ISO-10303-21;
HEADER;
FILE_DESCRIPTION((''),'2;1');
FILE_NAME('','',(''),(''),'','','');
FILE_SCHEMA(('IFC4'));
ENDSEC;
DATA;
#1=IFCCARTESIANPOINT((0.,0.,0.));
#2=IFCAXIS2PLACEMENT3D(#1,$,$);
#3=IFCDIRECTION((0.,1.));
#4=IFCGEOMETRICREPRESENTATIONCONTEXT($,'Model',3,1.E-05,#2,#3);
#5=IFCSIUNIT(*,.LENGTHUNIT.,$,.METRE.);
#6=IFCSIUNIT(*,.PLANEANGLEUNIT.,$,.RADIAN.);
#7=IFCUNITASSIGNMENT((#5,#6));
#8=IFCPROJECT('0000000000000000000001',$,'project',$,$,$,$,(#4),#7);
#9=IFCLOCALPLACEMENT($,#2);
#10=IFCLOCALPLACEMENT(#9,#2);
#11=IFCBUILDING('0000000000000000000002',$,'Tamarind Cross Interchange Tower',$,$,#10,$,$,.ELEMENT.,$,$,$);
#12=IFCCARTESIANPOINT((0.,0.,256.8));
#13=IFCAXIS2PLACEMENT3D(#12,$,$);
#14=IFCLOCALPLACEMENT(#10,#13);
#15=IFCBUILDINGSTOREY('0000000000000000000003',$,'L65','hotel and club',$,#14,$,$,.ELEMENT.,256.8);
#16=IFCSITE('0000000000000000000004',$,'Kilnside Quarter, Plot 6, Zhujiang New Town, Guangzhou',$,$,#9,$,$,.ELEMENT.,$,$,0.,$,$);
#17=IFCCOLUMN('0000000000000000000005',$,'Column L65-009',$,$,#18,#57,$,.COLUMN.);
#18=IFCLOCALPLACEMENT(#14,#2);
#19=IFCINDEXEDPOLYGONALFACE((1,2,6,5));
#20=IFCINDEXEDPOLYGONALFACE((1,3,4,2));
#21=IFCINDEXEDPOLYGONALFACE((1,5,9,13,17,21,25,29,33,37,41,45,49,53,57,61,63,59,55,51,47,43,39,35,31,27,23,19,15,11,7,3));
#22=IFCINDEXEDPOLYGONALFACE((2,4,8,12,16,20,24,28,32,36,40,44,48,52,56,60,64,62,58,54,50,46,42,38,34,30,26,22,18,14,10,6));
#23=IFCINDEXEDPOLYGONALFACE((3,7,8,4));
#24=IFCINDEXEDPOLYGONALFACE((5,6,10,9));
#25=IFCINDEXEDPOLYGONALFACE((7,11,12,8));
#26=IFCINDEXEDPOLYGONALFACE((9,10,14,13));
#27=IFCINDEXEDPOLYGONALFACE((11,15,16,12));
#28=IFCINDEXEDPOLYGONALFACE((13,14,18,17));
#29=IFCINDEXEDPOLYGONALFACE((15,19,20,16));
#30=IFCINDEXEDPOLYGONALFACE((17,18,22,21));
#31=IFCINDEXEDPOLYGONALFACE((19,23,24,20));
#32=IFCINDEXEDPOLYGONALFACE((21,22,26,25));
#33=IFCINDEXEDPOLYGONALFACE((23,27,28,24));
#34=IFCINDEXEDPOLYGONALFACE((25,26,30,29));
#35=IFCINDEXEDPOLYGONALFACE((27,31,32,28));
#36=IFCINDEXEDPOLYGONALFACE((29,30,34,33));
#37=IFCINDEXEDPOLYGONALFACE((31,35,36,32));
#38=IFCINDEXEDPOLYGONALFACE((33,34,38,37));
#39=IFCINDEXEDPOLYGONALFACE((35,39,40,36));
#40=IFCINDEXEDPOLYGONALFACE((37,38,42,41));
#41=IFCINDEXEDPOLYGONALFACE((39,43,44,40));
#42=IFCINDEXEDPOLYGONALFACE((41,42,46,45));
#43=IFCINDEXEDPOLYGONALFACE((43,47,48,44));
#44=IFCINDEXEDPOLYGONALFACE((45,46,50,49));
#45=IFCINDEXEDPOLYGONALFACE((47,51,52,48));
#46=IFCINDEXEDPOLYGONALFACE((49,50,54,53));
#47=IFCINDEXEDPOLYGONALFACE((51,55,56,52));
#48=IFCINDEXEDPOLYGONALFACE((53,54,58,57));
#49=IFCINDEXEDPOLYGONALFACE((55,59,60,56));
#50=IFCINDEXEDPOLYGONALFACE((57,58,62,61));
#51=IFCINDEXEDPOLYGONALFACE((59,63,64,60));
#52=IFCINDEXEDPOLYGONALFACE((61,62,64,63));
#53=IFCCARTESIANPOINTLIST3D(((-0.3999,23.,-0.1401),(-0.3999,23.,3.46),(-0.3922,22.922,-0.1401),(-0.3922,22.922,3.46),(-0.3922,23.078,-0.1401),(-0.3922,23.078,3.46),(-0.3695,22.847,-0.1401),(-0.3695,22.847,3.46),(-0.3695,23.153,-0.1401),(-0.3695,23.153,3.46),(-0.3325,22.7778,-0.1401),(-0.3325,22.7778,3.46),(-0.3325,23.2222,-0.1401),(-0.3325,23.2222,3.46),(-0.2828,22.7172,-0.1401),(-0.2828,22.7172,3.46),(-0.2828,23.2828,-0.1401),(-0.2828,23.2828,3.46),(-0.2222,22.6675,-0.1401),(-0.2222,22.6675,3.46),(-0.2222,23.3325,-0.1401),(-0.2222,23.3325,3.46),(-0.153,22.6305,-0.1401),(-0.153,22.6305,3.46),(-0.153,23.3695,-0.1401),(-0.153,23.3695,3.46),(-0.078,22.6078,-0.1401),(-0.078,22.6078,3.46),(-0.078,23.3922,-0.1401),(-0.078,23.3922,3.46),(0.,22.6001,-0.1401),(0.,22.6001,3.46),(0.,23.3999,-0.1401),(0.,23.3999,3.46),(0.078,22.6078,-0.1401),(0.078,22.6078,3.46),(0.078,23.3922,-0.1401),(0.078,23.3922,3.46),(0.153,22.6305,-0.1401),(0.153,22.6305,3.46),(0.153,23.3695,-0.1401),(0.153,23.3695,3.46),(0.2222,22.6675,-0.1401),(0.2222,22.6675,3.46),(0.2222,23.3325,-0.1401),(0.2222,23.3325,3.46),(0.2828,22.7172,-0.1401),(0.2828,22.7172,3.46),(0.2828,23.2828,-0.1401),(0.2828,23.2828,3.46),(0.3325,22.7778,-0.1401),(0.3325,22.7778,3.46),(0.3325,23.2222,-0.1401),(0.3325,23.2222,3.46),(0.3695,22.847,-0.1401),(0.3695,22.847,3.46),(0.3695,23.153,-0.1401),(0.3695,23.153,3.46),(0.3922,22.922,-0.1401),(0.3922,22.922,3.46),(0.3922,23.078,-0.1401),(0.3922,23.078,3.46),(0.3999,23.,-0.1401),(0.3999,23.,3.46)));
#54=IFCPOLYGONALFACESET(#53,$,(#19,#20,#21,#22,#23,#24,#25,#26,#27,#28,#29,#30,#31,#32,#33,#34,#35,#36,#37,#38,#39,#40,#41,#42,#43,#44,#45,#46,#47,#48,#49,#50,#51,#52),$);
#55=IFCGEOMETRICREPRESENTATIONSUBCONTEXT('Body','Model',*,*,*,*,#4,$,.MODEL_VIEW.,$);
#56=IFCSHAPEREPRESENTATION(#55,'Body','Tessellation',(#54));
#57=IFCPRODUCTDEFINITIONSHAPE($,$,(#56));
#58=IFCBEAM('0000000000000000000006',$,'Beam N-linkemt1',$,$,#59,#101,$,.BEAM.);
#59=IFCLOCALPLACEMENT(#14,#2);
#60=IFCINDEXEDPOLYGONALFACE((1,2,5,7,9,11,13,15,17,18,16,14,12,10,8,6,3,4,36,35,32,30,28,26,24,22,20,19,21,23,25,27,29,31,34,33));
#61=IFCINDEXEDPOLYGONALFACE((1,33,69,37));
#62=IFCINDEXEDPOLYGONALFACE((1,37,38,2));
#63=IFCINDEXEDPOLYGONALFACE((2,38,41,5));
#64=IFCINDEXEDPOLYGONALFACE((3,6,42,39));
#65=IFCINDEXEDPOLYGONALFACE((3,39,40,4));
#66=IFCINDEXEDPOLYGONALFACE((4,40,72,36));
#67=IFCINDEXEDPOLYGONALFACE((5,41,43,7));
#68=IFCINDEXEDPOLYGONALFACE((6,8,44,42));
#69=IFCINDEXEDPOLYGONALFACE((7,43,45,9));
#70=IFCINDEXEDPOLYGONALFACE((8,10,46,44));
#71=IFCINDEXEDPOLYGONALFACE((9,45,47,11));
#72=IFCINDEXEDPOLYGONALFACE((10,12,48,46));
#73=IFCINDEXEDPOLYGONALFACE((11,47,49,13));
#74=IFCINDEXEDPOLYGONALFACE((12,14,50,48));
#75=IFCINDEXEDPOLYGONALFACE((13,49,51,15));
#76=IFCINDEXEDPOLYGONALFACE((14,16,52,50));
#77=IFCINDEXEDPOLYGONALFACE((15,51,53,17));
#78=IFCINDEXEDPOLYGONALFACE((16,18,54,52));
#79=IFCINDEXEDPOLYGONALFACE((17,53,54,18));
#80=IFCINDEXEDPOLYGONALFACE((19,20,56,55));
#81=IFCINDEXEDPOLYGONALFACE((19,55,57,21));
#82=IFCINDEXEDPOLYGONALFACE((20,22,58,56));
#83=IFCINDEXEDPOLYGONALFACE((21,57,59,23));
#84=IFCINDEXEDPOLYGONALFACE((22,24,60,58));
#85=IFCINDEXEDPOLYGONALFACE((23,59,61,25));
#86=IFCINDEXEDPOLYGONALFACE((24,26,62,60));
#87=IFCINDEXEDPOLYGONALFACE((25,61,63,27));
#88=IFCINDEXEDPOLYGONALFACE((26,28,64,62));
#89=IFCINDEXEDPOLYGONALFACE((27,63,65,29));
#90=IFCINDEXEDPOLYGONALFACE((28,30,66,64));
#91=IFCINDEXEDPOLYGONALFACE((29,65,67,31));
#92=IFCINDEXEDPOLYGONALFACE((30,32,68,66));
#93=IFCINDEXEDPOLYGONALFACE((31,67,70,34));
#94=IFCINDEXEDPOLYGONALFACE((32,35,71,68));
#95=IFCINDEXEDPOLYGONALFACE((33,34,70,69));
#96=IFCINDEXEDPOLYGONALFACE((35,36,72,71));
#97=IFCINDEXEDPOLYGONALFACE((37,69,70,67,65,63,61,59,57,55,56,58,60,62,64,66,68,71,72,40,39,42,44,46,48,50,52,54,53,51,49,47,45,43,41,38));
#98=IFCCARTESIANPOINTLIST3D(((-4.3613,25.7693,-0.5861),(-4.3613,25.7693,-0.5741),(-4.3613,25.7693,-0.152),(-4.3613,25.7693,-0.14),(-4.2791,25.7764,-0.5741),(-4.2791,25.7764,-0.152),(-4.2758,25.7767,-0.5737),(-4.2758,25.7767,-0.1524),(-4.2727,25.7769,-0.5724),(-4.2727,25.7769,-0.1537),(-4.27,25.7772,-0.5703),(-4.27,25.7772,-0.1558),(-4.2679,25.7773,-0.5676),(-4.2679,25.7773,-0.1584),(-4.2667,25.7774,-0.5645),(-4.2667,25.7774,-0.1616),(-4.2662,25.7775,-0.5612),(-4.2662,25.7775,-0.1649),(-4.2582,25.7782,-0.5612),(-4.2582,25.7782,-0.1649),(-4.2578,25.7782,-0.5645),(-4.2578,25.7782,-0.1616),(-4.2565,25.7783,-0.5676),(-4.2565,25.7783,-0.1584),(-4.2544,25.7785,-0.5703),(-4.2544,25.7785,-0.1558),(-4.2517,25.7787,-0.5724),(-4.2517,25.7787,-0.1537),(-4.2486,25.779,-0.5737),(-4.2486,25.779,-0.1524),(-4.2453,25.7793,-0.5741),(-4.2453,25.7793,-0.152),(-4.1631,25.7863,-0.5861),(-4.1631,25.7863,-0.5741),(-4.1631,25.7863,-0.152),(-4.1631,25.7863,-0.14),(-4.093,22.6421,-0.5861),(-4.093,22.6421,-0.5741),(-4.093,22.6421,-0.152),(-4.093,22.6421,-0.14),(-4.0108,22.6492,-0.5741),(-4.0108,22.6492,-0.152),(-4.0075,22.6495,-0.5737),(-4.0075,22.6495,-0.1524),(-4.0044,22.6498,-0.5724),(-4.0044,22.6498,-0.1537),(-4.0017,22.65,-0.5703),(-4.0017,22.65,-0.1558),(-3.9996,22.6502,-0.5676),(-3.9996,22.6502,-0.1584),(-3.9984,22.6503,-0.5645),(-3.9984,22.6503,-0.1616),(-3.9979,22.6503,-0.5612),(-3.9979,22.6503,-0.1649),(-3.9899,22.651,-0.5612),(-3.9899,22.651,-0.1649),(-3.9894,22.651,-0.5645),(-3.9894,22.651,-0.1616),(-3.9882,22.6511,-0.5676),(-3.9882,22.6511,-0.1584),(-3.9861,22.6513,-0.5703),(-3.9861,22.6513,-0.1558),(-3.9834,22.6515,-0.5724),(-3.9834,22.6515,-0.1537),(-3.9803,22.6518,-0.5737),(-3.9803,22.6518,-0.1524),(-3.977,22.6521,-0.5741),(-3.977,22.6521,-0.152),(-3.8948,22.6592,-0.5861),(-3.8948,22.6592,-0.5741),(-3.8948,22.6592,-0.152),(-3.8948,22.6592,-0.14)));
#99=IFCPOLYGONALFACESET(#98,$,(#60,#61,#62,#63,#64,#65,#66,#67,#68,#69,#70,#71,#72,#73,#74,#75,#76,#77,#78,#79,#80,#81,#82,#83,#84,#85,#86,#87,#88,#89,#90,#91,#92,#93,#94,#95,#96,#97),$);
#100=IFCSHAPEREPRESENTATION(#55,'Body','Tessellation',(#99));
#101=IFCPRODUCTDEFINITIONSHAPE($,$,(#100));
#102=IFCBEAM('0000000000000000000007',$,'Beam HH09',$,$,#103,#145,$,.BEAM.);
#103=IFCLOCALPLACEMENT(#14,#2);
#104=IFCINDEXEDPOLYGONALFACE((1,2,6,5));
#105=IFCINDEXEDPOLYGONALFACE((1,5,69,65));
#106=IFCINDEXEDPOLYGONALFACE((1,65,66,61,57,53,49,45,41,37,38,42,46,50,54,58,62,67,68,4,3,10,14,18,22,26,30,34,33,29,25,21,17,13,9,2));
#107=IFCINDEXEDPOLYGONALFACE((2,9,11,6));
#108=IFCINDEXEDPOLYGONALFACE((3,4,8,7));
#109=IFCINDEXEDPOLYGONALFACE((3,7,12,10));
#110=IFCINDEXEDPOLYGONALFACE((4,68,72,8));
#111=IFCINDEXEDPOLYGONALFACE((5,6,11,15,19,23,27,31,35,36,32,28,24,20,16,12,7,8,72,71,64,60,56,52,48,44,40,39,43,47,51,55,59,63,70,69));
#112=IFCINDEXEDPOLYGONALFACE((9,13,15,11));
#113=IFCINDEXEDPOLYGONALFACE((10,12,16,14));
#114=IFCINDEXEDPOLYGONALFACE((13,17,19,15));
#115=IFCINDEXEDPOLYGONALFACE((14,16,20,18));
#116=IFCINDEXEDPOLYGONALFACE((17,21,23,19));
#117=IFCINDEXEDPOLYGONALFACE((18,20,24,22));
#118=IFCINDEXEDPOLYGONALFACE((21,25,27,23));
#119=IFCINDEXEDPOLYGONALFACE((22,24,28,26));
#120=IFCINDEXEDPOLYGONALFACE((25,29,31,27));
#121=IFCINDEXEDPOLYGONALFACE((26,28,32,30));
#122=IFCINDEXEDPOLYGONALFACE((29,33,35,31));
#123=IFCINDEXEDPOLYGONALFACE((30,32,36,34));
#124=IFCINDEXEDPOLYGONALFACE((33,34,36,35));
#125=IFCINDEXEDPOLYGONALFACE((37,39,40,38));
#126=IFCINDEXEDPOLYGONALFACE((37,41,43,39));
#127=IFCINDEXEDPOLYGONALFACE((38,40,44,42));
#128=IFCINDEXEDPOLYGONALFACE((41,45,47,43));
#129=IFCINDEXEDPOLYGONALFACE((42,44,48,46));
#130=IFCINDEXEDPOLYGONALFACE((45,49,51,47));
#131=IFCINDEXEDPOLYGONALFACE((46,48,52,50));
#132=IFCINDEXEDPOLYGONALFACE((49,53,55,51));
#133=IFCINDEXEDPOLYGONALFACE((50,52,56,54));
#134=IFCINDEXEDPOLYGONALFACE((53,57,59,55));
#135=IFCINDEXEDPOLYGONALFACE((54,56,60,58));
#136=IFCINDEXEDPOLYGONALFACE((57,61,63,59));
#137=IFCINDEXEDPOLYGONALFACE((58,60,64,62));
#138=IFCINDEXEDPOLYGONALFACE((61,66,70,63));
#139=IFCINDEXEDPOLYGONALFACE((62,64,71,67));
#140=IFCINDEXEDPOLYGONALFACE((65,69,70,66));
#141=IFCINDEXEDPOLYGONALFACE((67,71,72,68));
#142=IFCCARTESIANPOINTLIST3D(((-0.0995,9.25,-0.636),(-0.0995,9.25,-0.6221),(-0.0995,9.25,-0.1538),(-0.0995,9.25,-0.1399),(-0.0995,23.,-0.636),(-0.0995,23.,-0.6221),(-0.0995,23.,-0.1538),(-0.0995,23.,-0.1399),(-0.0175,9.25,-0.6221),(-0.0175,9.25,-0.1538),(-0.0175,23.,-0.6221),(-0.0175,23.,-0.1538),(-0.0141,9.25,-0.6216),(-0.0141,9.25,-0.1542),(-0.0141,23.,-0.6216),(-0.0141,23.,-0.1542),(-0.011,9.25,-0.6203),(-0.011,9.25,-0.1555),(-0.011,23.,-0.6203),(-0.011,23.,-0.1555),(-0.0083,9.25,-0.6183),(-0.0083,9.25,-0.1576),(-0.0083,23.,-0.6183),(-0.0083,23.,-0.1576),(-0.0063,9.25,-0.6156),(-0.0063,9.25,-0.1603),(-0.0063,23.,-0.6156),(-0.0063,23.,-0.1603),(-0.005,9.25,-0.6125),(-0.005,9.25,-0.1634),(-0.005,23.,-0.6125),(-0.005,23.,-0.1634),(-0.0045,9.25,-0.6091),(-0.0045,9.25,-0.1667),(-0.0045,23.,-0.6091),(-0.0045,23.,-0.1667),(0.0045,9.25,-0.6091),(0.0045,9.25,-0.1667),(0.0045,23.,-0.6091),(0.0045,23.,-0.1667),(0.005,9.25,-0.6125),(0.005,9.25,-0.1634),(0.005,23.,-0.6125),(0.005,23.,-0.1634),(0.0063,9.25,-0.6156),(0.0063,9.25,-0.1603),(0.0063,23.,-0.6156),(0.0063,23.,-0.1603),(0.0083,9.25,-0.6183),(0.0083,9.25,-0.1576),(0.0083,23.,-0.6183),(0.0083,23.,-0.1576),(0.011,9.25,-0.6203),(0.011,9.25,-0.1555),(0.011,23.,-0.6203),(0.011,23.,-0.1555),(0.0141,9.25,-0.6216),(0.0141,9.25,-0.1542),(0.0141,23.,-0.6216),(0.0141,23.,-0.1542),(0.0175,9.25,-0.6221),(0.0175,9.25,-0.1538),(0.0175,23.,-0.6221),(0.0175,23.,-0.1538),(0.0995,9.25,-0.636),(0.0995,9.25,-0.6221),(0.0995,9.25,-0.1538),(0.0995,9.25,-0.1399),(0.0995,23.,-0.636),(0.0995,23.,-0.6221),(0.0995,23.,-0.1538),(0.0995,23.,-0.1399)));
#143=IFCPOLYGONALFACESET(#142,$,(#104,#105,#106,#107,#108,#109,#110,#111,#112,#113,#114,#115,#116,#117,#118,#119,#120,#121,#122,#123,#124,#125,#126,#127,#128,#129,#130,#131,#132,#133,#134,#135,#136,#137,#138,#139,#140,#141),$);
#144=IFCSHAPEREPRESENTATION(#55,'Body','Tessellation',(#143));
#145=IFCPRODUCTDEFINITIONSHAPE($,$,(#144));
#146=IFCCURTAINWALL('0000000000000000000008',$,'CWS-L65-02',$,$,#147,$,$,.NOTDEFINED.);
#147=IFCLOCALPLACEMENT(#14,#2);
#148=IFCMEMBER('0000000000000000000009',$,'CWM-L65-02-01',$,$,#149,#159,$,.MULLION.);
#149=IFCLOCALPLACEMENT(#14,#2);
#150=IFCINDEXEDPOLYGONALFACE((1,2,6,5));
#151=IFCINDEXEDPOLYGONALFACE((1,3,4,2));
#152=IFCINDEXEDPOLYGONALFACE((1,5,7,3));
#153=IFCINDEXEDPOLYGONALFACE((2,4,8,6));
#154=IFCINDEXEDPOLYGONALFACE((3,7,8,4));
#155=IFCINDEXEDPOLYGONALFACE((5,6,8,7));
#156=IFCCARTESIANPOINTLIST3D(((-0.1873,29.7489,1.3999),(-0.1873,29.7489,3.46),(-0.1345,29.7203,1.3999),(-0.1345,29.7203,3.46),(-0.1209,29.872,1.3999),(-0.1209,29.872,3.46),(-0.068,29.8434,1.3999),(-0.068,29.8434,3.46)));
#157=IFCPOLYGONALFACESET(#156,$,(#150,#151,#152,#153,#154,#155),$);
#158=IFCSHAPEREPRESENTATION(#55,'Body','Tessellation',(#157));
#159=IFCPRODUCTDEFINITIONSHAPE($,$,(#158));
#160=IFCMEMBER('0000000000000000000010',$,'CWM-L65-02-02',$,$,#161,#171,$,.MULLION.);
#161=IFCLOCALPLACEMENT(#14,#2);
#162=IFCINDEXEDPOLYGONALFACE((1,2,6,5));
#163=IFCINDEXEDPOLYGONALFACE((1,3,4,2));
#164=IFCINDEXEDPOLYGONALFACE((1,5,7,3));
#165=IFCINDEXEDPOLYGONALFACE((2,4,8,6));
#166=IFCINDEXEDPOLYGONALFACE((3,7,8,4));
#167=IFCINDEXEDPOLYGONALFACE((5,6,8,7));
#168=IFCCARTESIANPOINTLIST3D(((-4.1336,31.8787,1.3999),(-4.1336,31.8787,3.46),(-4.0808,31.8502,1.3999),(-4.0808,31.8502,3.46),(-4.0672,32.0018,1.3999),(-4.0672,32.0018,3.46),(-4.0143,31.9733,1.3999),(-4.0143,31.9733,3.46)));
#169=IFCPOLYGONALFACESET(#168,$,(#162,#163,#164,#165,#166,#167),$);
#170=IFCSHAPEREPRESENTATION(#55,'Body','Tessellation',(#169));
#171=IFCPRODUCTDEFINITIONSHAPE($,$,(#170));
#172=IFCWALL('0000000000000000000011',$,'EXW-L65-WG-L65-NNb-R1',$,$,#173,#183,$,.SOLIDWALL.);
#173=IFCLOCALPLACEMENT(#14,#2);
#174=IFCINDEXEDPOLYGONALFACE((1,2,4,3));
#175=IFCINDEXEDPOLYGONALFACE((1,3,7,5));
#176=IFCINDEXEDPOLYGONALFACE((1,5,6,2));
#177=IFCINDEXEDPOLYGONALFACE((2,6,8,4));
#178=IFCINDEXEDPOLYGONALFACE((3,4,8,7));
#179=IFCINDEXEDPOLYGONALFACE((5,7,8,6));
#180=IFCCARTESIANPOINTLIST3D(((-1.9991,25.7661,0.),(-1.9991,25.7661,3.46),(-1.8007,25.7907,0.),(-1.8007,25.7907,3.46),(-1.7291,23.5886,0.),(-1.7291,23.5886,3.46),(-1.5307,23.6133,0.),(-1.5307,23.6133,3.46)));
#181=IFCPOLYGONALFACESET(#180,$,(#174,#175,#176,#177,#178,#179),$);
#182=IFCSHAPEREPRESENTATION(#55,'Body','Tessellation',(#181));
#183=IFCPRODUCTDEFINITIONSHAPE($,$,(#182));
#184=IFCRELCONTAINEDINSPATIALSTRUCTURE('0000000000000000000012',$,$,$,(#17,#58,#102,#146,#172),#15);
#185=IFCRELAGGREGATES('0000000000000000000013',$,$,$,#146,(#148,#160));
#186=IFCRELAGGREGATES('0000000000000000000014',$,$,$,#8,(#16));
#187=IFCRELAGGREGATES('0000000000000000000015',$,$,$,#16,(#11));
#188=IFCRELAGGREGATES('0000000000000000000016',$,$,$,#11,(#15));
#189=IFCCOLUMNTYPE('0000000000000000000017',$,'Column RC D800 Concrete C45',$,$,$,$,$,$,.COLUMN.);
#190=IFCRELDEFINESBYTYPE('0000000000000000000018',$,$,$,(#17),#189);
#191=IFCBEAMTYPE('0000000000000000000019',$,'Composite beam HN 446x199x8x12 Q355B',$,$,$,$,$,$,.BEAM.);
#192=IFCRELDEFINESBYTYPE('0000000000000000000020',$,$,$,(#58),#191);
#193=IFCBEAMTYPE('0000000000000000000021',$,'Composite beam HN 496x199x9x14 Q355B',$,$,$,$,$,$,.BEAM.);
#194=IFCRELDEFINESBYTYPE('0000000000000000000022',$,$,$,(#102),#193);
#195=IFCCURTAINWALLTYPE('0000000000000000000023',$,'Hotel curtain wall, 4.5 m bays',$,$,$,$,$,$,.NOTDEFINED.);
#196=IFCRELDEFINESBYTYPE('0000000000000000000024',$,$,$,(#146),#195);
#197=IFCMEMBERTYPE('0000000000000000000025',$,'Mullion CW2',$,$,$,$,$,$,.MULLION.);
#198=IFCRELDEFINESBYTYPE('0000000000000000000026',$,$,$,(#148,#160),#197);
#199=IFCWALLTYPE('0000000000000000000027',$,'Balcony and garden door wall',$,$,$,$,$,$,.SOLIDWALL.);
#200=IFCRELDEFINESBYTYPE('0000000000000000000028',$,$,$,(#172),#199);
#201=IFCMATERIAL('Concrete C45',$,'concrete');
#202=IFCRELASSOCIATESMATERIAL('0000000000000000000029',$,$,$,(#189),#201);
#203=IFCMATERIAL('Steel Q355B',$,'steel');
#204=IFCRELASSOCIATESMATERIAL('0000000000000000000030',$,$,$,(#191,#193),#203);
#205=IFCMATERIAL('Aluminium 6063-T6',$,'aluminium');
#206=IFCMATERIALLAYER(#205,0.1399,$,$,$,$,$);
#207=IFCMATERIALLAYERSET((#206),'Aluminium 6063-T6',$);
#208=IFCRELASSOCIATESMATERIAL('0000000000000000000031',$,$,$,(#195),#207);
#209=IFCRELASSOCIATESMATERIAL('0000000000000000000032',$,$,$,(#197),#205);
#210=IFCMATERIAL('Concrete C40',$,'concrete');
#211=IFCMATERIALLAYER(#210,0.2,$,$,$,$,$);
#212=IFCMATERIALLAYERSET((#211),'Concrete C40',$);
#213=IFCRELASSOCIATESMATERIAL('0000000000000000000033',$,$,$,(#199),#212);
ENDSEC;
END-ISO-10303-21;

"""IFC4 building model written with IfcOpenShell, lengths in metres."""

from ifc_helpers import new_model, si_unit, direction, frame, frame_2d, origin, origin_2d, place, context, subcontext, project, spatial, rectangle, circle, i_section, extrude, material, layer, layer_set, material_profile, profile_set, type_object, element, aggregate, save


model = new_model("IFC4")

# Units and contexts
model_context = context("Model", 3, precision=1e-05, world=origin(), true_north=direction((0.0, 1.0)))
body_context = subcontext(model_context, "Body", "Model", "MODEL_VIEW")
ifc_project = project(units=[si_unit("LENGTHUNIT", "METRE"), si_unit("PLANEANGLEUNIT", "RADIAN")], contexts=[model_context])

# Site, building, storey
site_placement = place(None, origin())
site = spatial("IfcSite", under=ifc_project, at=site_placement, Name="Kilnside Quarter, Plot 6, Zhujiang New Town, Guangzhou", CompositionType="ELEMENT", RefElevation=0.0)
building_placement = place(site_placement, origin())
building = spatial("IfcBuilding", under=site, at=building_placement, Name="Tamarind Cross Interchange Tower", CompositionType="ELEMENT")
storey_placement = place(building_placement, frame((0.0, 0.0, 256.8)))
storey = spatial("IfcBuildingStorey", under=building, at=storey_placement, Name="L65", Description="hotel and club", CompositionType="ELEMENT", Elevation=256.8)

# Column
ifc_material_1 = material(Name="Concrete C45", Category="concrete")
ifc_material_profile_1 = material_profile(ifc_material_1, circle(Radius=0.3999, at=origin_2d()), Name="RC D800")
ifc_profile_set_1 = profile_set([ifc_material_profile_1], Name="Concrete C45")
column_type = type_object("IfcColumnType", Name="Column RC D800 Concrete C45", PredefinedType="COLUMN", material=ifc_profile_set_1)
column_placement = place(storey_placement, frame((0.0, 23.0, -0.1401), z_axis=(0.0, 0.0, 1.0), x_axis=(1.0, 0.0, 0.0)))
element("IfcColumn", 1, at=column_placement, inside=storey, type_object=column_type, Name="Column L65-009", PredefinedType="COLUMN", context=body_context, shape_type="SweptSolid", body=[
    extrude(circle(Radius=0.3999, at=origin_2d()), origin(), (0.0, 0.0, 1.0), 3.6001),
])

# Beams
ifc_material_2 = material(Name="Steel Q355B", Category="steel")
ifc_material_profile_2 = material_profile(ifc_material_2, i_section(OverallWidth=0.199, OverallDepth=0.446, WebThickness=0.0081, FlangeThickness=0.012, FilletRadius=0.0129, at=origin_2d()), Name="HN 446x199x8x12")
ifc_profile_set_2 = profile_set([ifc_material_profile_2], Name="Steel Q355B")
beam_type_1 = type_object("IfcBeamType", Name="Composite beam HN 446x199x8x12 Q355B", PredefinedType="BEAM", material=ifc_profile_set_2)
beam_1_placement = place(storey_placement, frame((-4.2622, 25.7778, -0.363), z_axis=(0.085485, -0.996339, 0.0), x_axis=(0.996339, 0.085485, 0.0)))
element("IfcBeam", 2, at=beam_1_placement, inside=storey, type_object=beam_type_1, Name="Beam N-linkemt1", PredefinedType="BEAM", context=body_context, shape_type="SweptSolid", body=[
    extrude(i_section(OverallWidth=0.199, OverallDepth=0.446, WebThickness=0.0081, FlangeThickness=0.012, FilletRadius=0.0129, at=origin_2d()), origin(), (0.0, 0.0, 1.0), 3.1387),
])
ifc_material_profile_3 = material_profile(ifc_material_2, i_section(OverallWidth=0.199, OverallDepth=0.4961, WebThickness=0.009, FlangeThickness=0.0139, FilletRadius=0.0129, at=origin_2d()), Name="HN 496x199x9x14")
ifc_profile_set_3 = profile_set([ifc_material_profile_3], Name="Steel Q355B")
beam_type_2 = type_object("IfcBeamType", Name="Composite beam HN 496x199x9x14 Q355B", PredefinedType="BEAM", material=ifc_profile_set_3)
beam_2_placement = place(storey_placement, frame((0.0, 23.0, -0.3879), z_axis=(0.0, -1.0, 0.0), x_axis=(1.0, 0.0, 0.0)))
element("IfcBeam", 3, at=beam_2_placement, inside=storey, type_object=beam_type_2, Name="Beam HH09", PredefinedType="BEAM", context=body_context, shape_type="SweptSolid", body=[
    extrude(i_section(OverallWidth=0.199, OverallDepth=0.4961, WebThickness=0.009, FlangeThickness=0.0139, FilletRadius=0.0129, at=origin_2d()), origin(), (0.0, 0.0, 1.0), 13.75),
])

# Curtain wall, members
ifc_material_3 = material(Name="Aluminium 6063-T6", Category="aluminium")
ifc_layer_1 = layer(ifc_material_3, 0.1399)
ifc_layer_set_1 = layer_set([ifc_layer_1], Name="Aluminium 6063-T6")
curtain_wall_type = type_object("IfcCurtainWallType", Name="Hotel curtain wall, 4.5 m bays", PredefinedType="NOTDEFINED", material=ifc_layer_set_1)
curtain_wall_placement = place(storey_placement, origin())
curtain_wall = element("IfcCurtainWall", 4, at=curtain_wall_placement, inside=storey, type_object=curtain_wall_type, Name="CWS-L65-02", PredefinedType="NOTDEFINED")
ifc_material_profile_4 = material_profile(ifc_material_3, rectangle(XDim=0.0601, YDim=0.1399, at=origin_2d()), Name="Mullion CW2")
ifc_profile_set_4 = profile_set([ifc_material_profile_4], Name="Aluminium 6063-T6")
member_type = type_object("IfcMemberType", Name="Mullion CW2", PredefinedType="MULLION", material=ifc_profile_set_4)
member_1_placement = place(storey_placement, frame((-0.1277, 29.7961, 1.3999), z_axis=(0.0, 0.0, 1.0), x_axis=(-0.880007, 0.474961, 0.0)))
member_1 = element("IfcMember", 5, at=member_1_placement, type_object=member_type, Name="CWM-L65-02-01", PredefinedType="MULLION", context=body_context, shape_type="SweptSolid", body=[
    extrude(rectangle(XDim=0.0601, YDim=0.1399, at=origin_2d()), origin(), (0.0, 0.0, 1.0), 2.0601),
])
member_2_placement = place(storey_placement, frame((-4.074, 31.926, 1.3999), z_axis=(0.0, 0.0, 1.0), x_axis=(-0.880007, 0.474961, 0.0)))
member_2 = element("IfcMember", 6, at=member_2_placement, type_object=member_type, Name="CWM-L65-02-02", PredefinedType="MULLION", context=body_context, shape_type="SweptSolid", body=[
    extrude(rectangle(XDim=0.0601, YDim=0.1399, at=origin_2d()), origin(), (0.0, 0.0, 1.0), 2.0601),
])
aggregate(curtain_wall, [member_1, member_2])

# Wall
ifc_material_4 = material(Name="Concrete C40", Category="concrete")
ifc_layer_2 = layer(ifc_material_4, 0.2)
ifc_layer_set_2 = layer_set([ifc_layer_2], Name="Concrete C40")
wall_type_1 = type_object("IfcWallType", Name="Balcony and garden door wall", PredefinedType="SOLIDWALL", material=ifc_layer_set_2)
wall_1_placement = place(storey_placement, frame((-1.6299, 23.6008, 0.0), z_axis=(0.0, 0.0, 1.0), x_axis=(-0.123062, 0.992399, 0.0)))
element("IfcWall", 7, at=wall_1_placement, inside=storey, type_object=wall_type_1, Name="EXW-L65-WG-L65-NNb-R1", PredefinedType="SOLIDWALL", context=body_context, shape_type="SweptSolid", body=[
    extrude(rectangle(XDim=2.1941, YDim=0.2, at=frame_2d((1.0972, 0.0))), origin(), (0.0, 0.0, 1.0), 3.46),
])

save(model, "model.ifc")
